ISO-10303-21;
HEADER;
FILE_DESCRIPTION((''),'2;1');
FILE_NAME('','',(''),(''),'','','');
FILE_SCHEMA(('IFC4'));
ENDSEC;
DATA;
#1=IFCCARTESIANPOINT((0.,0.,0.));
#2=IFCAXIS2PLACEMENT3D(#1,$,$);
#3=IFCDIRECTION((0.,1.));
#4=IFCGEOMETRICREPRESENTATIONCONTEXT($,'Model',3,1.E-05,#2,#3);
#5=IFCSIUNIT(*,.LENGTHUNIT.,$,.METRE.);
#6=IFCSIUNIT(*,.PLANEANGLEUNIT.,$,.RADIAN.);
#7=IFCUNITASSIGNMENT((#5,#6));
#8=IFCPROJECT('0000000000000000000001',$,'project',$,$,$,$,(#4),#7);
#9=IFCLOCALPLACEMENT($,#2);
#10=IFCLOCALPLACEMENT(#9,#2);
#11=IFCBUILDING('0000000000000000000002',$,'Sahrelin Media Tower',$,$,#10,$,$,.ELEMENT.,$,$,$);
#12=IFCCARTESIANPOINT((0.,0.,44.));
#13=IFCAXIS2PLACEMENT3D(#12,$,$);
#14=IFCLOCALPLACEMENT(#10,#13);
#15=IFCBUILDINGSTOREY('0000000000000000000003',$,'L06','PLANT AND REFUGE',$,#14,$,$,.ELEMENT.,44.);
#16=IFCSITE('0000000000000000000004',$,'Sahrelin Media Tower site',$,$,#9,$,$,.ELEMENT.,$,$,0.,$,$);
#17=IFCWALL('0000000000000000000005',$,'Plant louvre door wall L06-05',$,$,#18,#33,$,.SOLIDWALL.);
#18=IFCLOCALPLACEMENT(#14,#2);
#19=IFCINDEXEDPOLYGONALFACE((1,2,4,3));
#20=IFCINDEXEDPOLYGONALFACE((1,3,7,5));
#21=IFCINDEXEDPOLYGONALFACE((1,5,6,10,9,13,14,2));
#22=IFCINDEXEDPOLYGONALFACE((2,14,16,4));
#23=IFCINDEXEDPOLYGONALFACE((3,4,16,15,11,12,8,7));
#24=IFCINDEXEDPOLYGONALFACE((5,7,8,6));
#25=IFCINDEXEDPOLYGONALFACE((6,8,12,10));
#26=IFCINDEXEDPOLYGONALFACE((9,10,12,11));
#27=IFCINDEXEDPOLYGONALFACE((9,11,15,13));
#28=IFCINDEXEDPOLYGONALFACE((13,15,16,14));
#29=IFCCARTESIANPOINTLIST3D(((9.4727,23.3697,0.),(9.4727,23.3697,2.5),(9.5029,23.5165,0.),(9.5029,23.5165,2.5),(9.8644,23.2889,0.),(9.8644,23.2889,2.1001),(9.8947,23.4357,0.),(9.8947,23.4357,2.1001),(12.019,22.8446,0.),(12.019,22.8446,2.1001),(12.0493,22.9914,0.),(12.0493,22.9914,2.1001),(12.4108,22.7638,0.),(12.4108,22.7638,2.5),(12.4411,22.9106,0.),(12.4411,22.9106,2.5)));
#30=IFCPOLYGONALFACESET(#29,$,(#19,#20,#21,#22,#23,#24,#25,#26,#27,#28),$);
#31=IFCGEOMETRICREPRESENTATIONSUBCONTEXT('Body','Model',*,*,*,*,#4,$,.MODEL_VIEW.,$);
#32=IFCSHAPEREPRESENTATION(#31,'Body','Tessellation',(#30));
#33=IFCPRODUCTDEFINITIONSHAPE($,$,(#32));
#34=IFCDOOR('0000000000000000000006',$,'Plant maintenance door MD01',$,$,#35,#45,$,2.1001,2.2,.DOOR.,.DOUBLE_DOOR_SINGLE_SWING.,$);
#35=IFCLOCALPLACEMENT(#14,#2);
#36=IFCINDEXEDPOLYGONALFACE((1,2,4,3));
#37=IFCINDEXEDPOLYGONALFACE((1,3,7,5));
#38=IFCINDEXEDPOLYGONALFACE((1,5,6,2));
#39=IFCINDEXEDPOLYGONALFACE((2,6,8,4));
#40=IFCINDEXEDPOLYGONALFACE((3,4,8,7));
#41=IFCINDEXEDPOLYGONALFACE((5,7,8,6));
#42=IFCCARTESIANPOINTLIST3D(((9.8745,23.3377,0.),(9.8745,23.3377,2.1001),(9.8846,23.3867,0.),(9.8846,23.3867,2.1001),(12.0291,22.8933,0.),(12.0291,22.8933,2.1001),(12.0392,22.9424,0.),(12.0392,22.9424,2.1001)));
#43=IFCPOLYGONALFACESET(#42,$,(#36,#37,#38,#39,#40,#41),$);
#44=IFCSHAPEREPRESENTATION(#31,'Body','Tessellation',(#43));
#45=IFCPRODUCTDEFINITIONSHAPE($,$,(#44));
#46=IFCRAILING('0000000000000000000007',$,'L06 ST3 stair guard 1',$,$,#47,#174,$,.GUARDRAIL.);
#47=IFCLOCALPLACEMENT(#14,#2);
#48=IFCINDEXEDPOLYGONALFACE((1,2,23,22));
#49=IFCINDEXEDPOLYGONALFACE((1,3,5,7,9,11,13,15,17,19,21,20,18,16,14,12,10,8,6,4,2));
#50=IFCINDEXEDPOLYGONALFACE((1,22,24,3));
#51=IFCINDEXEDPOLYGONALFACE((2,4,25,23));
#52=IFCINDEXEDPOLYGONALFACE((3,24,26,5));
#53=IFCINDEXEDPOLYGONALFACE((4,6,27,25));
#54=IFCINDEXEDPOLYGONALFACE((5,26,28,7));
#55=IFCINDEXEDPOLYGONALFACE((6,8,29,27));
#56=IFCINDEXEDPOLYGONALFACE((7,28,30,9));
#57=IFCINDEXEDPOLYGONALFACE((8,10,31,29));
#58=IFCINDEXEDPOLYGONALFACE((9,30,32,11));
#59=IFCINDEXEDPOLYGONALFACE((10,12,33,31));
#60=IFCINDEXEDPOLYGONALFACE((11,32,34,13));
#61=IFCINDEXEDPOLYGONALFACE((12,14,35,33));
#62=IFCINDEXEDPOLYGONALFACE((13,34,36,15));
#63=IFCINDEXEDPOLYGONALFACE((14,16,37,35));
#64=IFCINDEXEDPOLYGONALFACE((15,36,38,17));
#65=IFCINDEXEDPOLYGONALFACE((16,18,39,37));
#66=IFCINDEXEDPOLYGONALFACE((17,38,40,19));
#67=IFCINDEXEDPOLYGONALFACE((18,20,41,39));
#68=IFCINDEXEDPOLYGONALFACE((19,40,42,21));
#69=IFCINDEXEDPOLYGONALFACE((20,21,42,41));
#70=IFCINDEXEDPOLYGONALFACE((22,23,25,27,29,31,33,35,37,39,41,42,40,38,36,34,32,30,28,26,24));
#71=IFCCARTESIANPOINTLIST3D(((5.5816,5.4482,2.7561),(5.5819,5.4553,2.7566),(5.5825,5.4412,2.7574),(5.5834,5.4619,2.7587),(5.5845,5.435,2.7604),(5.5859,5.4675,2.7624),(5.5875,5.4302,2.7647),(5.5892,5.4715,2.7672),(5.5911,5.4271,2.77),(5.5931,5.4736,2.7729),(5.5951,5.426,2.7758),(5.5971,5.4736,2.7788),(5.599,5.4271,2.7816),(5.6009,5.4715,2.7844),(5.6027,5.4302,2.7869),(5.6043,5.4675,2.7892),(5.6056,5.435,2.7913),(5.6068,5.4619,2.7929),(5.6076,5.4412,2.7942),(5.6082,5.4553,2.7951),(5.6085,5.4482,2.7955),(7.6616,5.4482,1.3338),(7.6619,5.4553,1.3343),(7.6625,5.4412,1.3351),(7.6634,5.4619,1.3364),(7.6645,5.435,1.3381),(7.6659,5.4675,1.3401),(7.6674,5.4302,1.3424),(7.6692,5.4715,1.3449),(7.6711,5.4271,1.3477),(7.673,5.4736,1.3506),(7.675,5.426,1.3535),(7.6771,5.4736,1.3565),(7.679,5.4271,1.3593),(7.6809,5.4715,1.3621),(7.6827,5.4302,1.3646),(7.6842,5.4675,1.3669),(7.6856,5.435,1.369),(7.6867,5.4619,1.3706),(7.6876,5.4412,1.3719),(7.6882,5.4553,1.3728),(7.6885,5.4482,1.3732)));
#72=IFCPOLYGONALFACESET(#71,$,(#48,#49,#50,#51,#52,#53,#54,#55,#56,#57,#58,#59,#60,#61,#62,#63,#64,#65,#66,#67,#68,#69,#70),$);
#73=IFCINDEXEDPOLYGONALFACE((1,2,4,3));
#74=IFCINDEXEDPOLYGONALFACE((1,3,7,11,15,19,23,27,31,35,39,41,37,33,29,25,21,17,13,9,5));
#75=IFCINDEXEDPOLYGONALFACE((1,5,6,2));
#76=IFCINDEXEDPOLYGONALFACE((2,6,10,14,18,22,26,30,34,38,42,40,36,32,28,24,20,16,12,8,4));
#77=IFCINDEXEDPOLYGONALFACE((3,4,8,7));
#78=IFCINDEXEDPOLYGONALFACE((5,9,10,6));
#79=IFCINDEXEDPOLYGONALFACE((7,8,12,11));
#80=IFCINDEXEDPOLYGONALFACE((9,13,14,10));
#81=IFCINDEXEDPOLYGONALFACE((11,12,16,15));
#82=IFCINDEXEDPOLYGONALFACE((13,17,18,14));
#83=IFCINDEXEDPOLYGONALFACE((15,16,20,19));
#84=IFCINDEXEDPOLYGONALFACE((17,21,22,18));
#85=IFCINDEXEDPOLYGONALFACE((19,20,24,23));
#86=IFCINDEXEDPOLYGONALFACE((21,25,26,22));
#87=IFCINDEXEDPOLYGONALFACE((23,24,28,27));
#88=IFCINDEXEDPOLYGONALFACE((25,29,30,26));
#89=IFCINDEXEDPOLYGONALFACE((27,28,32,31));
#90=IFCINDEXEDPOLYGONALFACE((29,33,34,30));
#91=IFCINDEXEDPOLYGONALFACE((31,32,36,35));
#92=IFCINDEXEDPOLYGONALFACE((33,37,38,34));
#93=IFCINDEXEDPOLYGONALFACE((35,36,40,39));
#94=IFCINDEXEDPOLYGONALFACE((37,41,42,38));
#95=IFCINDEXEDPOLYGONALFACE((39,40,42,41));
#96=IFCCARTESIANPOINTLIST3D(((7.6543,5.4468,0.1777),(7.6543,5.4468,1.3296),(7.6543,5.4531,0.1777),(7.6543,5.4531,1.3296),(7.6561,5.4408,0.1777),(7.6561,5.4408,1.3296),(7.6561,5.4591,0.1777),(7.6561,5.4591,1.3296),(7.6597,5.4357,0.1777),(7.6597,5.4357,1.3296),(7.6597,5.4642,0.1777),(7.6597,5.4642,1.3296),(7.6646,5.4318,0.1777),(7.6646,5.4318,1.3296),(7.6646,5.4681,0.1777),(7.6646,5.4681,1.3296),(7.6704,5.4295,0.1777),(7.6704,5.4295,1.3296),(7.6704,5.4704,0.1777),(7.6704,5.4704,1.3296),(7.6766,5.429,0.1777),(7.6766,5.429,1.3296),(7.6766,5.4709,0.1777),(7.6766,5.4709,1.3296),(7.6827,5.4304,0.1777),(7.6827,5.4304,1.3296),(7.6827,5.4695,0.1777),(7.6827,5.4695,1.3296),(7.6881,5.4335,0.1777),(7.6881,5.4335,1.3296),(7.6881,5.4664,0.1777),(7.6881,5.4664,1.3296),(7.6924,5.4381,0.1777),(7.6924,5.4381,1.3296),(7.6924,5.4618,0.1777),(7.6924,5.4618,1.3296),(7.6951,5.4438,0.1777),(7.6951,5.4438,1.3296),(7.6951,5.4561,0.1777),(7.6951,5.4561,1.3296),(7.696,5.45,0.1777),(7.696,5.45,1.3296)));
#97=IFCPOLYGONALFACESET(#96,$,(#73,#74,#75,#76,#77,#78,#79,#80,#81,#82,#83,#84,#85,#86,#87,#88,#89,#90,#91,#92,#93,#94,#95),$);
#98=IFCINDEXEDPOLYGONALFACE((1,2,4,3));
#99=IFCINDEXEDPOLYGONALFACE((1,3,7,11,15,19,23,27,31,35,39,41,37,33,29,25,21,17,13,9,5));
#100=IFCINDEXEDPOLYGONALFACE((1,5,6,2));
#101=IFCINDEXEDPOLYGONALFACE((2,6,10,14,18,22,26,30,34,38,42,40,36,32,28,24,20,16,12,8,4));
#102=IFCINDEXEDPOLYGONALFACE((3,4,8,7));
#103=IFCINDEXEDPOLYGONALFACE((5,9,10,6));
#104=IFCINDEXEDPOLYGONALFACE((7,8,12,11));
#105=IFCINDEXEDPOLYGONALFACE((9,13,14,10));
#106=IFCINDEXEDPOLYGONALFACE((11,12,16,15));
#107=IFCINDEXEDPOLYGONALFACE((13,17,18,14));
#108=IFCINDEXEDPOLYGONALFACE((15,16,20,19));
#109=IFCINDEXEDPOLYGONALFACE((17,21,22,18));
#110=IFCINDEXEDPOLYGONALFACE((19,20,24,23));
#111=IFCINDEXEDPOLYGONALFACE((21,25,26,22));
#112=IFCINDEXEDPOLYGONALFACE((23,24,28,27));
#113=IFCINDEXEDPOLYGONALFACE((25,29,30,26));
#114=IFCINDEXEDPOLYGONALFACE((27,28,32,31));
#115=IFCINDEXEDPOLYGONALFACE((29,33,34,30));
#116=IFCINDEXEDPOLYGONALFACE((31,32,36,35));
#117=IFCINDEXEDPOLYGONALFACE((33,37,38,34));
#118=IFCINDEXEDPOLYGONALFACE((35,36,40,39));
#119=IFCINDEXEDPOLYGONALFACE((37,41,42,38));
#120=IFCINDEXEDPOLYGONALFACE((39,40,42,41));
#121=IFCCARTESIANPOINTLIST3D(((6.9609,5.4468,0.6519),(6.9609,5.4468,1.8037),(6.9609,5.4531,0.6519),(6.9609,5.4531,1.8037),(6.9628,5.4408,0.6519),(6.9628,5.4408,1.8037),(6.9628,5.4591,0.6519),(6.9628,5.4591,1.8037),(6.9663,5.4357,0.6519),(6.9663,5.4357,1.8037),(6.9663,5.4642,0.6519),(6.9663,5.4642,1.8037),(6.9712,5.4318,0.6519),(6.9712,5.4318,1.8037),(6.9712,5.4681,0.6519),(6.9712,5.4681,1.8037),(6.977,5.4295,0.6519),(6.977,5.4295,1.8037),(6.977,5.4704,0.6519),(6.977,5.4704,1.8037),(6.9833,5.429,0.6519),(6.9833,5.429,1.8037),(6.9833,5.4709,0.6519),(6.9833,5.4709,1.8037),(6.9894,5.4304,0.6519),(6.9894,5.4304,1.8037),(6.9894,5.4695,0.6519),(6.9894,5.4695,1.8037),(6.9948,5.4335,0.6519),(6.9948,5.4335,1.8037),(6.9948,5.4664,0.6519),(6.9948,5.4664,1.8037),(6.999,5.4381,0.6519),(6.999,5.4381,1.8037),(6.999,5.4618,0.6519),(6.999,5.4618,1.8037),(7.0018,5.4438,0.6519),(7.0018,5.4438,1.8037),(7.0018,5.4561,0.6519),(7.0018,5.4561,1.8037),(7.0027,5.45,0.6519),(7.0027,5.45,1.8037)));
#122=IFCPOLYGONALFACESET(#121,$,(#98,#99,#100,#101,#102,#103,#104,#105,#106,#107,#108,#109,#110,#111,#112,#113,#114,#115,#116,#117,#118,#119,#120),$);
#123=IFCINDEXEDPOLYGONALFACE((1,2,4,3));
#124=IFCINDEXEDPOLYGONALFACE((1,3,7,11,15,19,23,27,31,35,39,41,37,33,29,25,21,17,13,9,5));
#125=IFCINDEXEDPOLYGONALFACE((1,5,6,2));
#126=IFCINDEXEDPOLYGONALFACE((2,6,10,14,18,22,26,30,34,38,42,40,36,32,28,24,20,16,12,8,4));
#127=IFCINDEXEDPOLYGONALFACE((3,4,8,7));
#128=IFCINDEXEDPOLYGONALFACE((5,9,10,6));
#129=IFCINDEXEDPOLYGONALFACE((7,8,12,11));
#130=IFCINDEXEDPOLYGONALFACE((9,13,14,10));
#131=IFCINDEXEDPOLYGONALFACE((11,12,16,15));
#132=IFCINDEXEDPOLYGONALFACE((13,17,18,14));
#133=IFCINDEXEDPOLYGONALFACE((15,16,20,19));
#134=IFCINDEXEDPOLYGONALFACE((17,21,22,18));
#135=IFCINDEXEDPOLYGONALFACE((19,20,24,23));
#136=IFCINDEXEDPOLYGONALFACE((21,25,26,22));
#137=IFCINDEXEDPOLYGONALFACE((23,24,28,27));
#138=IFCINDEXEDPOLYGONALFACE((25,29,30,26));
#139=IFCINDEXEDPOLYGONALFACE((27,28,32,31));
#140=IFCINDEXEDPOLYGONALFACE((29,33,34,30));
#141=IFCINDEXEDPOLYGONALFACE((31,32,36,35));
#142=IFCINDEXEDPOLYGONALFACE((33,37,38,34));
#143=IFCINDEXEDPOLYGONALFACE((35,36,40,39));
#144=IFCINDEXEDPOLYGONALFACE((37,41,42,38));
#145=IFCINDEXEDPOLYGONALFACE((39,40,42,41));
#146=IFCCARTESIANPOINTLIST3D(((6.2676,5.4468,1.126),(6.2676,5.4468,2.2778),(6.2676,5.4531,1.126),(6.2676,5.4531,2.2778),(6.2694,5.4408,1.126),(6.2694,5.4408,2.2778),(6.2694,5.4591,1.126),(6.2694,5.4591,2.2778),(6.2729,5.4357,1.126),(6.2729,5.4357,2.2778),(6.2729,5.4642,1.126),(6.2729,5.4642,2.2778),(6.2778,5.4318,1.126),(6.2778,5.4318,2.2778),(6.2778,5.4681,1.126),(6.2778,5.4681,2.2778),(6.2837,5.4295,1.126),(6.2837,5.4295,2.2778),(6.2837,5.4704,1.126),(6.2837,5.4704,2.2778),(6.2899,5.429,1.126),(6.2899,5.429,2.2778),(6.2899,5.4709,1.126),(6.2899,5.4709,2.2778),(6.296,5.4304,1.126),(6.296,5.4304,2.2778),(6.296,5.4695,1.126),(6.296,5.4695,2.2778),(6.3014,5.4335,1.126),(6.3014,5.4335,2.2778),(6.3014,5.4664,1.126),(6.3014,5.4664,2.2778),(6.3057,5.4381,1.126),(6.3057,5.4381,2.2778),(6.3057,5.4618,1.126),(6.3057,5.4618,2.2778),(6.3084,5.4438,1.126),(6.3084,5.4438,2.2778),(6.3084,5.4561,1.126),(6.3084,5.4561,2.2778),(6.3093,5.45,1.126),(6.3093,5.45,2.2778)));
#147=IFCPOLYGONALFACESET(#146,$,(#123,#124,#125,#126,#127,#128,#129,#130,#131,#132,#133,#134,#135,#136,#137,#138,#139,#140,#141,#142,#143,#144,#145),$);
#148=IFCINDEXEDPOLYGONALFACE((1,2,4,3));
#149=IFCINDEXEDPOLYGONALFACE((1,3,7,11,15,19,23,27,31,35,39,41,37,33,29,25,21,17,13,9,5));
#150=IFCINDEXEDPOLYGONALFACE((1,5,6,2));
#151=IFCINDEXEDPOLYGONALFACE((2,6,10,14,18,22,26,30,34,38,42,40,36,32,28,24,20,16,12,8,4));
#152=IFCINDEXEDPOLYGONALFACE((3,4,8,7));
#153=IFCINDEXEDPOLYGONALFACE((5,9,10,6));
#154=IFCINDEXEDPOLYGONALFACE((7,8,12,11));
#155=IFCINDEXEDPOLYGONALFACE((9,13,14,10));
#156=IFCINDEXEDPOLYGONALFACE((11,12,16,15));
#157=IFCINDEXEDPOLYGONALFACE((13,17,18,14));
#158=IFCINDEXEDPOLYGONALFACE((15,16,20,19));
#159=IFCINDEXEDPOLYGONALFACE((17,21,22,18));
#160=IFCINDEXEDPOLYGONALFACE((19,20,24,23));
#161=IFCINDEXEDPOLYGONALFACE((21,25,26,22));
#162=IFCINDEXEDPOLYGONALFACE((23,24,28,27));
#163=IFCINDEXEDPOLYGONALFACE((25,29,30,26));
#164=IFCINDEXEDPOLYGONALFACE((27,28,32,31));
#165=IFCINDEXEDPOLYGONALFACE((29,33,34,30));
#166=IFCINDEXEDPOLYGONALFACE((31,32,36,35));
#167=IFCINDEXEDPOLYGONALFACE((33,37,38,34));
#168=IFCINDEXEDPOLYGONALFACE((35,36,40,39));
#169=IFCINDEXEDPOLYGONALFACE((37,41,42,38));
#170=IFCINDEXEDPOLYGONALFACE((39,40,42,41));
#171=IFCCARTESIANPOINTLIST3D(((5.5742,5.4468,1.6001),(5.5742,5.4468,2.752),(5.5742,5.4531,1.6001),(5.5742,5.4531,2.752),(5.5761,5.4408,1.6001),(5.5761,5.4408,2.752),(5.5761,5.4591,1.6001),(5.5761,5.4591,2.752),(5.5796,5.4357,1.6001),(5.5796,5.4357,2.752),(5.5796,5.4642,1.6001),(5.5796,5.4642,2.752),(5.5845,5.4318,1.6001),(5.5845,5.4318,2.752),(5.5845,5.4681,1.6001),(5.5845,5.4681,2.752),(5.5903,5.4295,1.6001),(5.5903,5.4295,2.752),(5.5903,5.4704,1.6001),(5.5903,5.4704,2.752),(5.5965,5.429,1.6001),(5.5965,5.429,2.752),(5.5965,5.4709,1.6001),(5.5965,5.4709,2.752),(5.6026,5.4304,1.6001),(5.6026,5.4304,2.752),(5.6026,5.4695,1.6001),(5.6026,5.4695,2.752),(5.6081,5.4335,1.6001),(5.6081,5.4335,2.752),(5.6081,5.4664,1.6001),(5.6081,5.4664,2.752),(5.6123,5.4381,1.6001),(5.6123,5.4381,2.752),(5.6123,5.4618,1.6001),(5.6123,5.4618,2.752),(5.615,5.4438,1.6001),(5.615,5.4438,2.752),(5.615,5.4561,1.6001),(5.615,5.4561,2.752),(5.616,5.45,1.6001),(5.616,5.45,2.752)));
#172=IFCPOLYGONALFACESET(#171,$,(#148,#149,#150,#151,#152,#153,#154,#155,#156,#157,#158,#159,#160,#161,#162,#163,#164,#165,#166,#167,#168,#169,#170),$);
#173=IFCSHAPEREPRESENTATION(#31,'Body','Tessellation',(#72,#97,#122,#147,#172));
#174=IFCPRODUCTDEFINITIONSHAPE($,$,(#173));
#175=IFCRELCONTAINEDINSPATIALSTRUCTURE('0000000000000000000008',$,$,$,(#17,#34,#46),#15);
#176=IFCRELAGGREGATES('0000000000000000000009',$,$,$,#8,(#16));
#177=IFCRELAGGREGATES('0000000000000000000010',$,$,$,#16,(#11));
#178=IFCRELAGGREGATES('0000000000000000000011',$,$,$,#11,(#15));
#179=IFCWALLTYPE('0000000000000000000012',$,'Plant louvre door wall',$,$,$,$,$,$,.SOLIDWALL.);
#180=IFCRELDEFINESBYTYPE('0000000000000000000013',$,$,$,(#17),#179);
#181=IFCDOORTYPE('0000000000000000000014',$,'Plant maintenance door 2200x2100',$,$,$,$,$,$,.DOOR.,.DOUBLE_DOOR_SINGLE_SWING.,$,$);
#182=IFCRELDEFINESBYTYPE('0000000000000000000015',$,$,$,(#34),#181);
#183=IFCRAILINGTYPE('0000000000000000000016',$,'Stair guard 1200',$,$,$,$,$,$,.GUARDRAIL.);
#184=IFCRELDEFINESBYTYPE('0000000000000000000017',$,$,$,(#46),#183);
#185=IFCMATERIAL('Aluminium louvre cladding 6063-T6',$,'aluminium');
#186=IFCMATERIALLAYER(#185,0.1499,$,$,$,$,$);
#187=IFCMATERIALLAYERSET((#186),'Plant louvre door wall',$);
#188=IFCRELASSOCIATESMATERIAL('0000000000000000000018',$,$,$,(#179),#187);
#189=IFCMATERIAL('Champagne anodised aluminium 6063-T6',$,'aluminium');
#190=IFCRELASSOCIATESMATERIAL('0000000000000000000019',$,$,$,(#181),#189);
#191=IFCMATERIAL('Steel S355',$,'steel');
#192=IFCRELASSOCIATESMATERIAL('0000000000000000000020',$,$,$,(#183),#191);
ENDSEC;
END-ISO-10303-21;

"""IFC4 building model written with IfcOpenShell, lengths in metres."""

from ifc_helpers import new_model, si_unit, direction, frame, frame_2d, origin, origin_2d, place, context, subcontext, project, spatial, rectangle, circle, extrude, material, layer, layer_set, type_object, element, fill, save


model = new_model("IFC4")

# Units and contexts
model_context = context("Model", 3, precision=1e-05, world=origin(), true_north=direction((0.0, 1.0)))
body_context = subcontext(model_context, "Body", "Model", "MODEL_VIEW")
ifc_project = project(units=[si_unit("LENGTHUNIT", "METRE"), si_unit("PLANEANGLEUNIT", "RADIAN")], contexts=[model_context])

# Site, building, storey
site_placement = place(None, origin())
site = spatial("IfcSite", under=ifc_project, at=site_placement, Name="Sahrelin Media Tower site", CompositionType="ELEMENT", RefElevation=0.0)
building_placement = place(site_placement, origin())
building = spatial("IfcBuilding", under=site, at=building_placement, Name="Sahrelin Media Tower", CompositionType="ELEMENT")
storey_placement = place(building_placement, frame((0.0, 0.0, 44.0)))
storey = spatial("IfcBuildingStorey", under=building, at=storey_placement, Name="L06", Description="PLANT AND REFUGE", CompositionType="ELEMENT", Elevation=44.0)

# Shared definitions
ifc_material_1 = material(Name="Steel S355", Category="steel")

# Wall, opening, door
ifc_material_2 = material(Name="Aluminium louvre cladding 6063-T6", Category="aluminium")
ifc_layer_1 = layer(ifc_material_2, 0.1499)
ifc_layer_set_1 = layer_set([ifc_layer_1], Name="Plant louvre door wall")
wall_type_1 = type_object("IfcWallType", Name="Plant louvre door wall", PredefinedType="SOLIDWALL", material=ifc_layer_set_1)
wall_1_placement = place(storey_placement, frame((9.4878, 23.4431, 0.0), z_axis=(0.0, 0.0, 1.0), x_axis=(0.979389, -0.201981, 0.0)))
wall_1 = element("IfcWall", 1, at=wall_1_placement, inside=storey, type_object=wall_type_1, Name="Plant louvre door wall L06-05", PredefinedType="SOLIDWALL", context=body_context, shape_type="SweptSolid", body=[
    extrude(rectangle(XDim=3.0, YDim=0.1499, at=frame_2d((1.5, 0.0))), origin(), (0.0, 0.0, 1.0), 2.5),
])
opening_placement = place(wall_1_placement, frame((0.3999, 0.0, 0.0)))
opening = element("IfcOpeningElement", 2, at=opening_placement, cuts=wall_1, PredefinedType="OPENING", context=body_context, shape_type="SweptSolid", body=[
    extrude(rectangle(XDim=2.2, YDim=2.1001, at=frame_2d((1.1001, 1.05))), frame((0.0, 0.075, 0.0), z_axis=(0.0, -1.0, 0.0), x_axis=(1.0, 0.0, 0.0)), (0.0, 0.0, 1.0), 0.1499),
])
ifc_material_3 = material(Name="Champagne anodised aluminium 6063-T6", Category="aluminium")
door_type = type_object("IfcDoorType", Name="Plant maintenance door 2200x2100", OperationType="DOUBLE_DOOR_SINGLE_SWING", PredefinedType="DOOR", material=ifc_material_3)
door_placement = place(opening_placement, origin())
door = element("IfcDoor", 3, at=door_placement, inside=storey, type_object=door_type, Name="Plant maintenance door MD01", OperationType="DOUBLE_DOOR_SINGLE_SWING", OverallHeight=2.1001, OverallWidth=2.2, PredefinedType="DOOR", context=body_context, shape_type="SweptSolid", body=[
    extrude(rectangle(XDim=2.2, YDim=2.1001, at=frame_2d((1.1001, 1.05))), frame((0.0, 0.0249, 0.0), z_axis=(0.0, -1.0, 0.0), x_axis=(1.0, 0.0, 0.0)), (0.0, 0.0, 1.0), 0.05),
])
fill(opening, door)

# Railing
railing_type_1 = type_object("IfcRailingType", Name="Stair guard 1200", PredefinedType="GUARDRAIL", material=ifc_material_1)
railing_1_placement = place(storey_placement, frame((7.675, 5.45, 0.1777)))
element("IfcRailing", 4, at=railing_1_placement, inside=storey, type_object=railing_type_1, Name="L06 ST3 stair guard 1", PredefinedType="GUARDRAIL", context=body_context, shape_type="SweptSolid", body=[
    extrude(circle(Radius=0.0239, at=origin_2d()), frame((0.0, 0.0, 1.1758), z_axis=(-0.825464, 0.0, 0.564455), x_axis=(0.0, -1.0, 0.0)), (0.0, 0.0, 1.0), 2.5198),
    extrude(circle(Radius=0.021, at=origin_2d()), origin(), (0.0, 0.0, 1.0), 1.1519),
    extrude(circle(Radius=0.021, at=origin_2d()), frame((-0.6934, 0.0, 0.4741)), (0.0, 0.0, 1.0), 1.1519),
    extrude(circle(Radius=0.021, at=origin_2d()), frame((-1.3867, 0.0, 0.9482)), (0.0, 0.0, 1.0), 1.1519),
    extrude(circle(Radius=0.021, at=origin_2d()), frame((-2.0801, 0.0, 1.4224)), (0.0, 0.0, 1.0), 1.1519),
])

save(model, "model.ifc")
